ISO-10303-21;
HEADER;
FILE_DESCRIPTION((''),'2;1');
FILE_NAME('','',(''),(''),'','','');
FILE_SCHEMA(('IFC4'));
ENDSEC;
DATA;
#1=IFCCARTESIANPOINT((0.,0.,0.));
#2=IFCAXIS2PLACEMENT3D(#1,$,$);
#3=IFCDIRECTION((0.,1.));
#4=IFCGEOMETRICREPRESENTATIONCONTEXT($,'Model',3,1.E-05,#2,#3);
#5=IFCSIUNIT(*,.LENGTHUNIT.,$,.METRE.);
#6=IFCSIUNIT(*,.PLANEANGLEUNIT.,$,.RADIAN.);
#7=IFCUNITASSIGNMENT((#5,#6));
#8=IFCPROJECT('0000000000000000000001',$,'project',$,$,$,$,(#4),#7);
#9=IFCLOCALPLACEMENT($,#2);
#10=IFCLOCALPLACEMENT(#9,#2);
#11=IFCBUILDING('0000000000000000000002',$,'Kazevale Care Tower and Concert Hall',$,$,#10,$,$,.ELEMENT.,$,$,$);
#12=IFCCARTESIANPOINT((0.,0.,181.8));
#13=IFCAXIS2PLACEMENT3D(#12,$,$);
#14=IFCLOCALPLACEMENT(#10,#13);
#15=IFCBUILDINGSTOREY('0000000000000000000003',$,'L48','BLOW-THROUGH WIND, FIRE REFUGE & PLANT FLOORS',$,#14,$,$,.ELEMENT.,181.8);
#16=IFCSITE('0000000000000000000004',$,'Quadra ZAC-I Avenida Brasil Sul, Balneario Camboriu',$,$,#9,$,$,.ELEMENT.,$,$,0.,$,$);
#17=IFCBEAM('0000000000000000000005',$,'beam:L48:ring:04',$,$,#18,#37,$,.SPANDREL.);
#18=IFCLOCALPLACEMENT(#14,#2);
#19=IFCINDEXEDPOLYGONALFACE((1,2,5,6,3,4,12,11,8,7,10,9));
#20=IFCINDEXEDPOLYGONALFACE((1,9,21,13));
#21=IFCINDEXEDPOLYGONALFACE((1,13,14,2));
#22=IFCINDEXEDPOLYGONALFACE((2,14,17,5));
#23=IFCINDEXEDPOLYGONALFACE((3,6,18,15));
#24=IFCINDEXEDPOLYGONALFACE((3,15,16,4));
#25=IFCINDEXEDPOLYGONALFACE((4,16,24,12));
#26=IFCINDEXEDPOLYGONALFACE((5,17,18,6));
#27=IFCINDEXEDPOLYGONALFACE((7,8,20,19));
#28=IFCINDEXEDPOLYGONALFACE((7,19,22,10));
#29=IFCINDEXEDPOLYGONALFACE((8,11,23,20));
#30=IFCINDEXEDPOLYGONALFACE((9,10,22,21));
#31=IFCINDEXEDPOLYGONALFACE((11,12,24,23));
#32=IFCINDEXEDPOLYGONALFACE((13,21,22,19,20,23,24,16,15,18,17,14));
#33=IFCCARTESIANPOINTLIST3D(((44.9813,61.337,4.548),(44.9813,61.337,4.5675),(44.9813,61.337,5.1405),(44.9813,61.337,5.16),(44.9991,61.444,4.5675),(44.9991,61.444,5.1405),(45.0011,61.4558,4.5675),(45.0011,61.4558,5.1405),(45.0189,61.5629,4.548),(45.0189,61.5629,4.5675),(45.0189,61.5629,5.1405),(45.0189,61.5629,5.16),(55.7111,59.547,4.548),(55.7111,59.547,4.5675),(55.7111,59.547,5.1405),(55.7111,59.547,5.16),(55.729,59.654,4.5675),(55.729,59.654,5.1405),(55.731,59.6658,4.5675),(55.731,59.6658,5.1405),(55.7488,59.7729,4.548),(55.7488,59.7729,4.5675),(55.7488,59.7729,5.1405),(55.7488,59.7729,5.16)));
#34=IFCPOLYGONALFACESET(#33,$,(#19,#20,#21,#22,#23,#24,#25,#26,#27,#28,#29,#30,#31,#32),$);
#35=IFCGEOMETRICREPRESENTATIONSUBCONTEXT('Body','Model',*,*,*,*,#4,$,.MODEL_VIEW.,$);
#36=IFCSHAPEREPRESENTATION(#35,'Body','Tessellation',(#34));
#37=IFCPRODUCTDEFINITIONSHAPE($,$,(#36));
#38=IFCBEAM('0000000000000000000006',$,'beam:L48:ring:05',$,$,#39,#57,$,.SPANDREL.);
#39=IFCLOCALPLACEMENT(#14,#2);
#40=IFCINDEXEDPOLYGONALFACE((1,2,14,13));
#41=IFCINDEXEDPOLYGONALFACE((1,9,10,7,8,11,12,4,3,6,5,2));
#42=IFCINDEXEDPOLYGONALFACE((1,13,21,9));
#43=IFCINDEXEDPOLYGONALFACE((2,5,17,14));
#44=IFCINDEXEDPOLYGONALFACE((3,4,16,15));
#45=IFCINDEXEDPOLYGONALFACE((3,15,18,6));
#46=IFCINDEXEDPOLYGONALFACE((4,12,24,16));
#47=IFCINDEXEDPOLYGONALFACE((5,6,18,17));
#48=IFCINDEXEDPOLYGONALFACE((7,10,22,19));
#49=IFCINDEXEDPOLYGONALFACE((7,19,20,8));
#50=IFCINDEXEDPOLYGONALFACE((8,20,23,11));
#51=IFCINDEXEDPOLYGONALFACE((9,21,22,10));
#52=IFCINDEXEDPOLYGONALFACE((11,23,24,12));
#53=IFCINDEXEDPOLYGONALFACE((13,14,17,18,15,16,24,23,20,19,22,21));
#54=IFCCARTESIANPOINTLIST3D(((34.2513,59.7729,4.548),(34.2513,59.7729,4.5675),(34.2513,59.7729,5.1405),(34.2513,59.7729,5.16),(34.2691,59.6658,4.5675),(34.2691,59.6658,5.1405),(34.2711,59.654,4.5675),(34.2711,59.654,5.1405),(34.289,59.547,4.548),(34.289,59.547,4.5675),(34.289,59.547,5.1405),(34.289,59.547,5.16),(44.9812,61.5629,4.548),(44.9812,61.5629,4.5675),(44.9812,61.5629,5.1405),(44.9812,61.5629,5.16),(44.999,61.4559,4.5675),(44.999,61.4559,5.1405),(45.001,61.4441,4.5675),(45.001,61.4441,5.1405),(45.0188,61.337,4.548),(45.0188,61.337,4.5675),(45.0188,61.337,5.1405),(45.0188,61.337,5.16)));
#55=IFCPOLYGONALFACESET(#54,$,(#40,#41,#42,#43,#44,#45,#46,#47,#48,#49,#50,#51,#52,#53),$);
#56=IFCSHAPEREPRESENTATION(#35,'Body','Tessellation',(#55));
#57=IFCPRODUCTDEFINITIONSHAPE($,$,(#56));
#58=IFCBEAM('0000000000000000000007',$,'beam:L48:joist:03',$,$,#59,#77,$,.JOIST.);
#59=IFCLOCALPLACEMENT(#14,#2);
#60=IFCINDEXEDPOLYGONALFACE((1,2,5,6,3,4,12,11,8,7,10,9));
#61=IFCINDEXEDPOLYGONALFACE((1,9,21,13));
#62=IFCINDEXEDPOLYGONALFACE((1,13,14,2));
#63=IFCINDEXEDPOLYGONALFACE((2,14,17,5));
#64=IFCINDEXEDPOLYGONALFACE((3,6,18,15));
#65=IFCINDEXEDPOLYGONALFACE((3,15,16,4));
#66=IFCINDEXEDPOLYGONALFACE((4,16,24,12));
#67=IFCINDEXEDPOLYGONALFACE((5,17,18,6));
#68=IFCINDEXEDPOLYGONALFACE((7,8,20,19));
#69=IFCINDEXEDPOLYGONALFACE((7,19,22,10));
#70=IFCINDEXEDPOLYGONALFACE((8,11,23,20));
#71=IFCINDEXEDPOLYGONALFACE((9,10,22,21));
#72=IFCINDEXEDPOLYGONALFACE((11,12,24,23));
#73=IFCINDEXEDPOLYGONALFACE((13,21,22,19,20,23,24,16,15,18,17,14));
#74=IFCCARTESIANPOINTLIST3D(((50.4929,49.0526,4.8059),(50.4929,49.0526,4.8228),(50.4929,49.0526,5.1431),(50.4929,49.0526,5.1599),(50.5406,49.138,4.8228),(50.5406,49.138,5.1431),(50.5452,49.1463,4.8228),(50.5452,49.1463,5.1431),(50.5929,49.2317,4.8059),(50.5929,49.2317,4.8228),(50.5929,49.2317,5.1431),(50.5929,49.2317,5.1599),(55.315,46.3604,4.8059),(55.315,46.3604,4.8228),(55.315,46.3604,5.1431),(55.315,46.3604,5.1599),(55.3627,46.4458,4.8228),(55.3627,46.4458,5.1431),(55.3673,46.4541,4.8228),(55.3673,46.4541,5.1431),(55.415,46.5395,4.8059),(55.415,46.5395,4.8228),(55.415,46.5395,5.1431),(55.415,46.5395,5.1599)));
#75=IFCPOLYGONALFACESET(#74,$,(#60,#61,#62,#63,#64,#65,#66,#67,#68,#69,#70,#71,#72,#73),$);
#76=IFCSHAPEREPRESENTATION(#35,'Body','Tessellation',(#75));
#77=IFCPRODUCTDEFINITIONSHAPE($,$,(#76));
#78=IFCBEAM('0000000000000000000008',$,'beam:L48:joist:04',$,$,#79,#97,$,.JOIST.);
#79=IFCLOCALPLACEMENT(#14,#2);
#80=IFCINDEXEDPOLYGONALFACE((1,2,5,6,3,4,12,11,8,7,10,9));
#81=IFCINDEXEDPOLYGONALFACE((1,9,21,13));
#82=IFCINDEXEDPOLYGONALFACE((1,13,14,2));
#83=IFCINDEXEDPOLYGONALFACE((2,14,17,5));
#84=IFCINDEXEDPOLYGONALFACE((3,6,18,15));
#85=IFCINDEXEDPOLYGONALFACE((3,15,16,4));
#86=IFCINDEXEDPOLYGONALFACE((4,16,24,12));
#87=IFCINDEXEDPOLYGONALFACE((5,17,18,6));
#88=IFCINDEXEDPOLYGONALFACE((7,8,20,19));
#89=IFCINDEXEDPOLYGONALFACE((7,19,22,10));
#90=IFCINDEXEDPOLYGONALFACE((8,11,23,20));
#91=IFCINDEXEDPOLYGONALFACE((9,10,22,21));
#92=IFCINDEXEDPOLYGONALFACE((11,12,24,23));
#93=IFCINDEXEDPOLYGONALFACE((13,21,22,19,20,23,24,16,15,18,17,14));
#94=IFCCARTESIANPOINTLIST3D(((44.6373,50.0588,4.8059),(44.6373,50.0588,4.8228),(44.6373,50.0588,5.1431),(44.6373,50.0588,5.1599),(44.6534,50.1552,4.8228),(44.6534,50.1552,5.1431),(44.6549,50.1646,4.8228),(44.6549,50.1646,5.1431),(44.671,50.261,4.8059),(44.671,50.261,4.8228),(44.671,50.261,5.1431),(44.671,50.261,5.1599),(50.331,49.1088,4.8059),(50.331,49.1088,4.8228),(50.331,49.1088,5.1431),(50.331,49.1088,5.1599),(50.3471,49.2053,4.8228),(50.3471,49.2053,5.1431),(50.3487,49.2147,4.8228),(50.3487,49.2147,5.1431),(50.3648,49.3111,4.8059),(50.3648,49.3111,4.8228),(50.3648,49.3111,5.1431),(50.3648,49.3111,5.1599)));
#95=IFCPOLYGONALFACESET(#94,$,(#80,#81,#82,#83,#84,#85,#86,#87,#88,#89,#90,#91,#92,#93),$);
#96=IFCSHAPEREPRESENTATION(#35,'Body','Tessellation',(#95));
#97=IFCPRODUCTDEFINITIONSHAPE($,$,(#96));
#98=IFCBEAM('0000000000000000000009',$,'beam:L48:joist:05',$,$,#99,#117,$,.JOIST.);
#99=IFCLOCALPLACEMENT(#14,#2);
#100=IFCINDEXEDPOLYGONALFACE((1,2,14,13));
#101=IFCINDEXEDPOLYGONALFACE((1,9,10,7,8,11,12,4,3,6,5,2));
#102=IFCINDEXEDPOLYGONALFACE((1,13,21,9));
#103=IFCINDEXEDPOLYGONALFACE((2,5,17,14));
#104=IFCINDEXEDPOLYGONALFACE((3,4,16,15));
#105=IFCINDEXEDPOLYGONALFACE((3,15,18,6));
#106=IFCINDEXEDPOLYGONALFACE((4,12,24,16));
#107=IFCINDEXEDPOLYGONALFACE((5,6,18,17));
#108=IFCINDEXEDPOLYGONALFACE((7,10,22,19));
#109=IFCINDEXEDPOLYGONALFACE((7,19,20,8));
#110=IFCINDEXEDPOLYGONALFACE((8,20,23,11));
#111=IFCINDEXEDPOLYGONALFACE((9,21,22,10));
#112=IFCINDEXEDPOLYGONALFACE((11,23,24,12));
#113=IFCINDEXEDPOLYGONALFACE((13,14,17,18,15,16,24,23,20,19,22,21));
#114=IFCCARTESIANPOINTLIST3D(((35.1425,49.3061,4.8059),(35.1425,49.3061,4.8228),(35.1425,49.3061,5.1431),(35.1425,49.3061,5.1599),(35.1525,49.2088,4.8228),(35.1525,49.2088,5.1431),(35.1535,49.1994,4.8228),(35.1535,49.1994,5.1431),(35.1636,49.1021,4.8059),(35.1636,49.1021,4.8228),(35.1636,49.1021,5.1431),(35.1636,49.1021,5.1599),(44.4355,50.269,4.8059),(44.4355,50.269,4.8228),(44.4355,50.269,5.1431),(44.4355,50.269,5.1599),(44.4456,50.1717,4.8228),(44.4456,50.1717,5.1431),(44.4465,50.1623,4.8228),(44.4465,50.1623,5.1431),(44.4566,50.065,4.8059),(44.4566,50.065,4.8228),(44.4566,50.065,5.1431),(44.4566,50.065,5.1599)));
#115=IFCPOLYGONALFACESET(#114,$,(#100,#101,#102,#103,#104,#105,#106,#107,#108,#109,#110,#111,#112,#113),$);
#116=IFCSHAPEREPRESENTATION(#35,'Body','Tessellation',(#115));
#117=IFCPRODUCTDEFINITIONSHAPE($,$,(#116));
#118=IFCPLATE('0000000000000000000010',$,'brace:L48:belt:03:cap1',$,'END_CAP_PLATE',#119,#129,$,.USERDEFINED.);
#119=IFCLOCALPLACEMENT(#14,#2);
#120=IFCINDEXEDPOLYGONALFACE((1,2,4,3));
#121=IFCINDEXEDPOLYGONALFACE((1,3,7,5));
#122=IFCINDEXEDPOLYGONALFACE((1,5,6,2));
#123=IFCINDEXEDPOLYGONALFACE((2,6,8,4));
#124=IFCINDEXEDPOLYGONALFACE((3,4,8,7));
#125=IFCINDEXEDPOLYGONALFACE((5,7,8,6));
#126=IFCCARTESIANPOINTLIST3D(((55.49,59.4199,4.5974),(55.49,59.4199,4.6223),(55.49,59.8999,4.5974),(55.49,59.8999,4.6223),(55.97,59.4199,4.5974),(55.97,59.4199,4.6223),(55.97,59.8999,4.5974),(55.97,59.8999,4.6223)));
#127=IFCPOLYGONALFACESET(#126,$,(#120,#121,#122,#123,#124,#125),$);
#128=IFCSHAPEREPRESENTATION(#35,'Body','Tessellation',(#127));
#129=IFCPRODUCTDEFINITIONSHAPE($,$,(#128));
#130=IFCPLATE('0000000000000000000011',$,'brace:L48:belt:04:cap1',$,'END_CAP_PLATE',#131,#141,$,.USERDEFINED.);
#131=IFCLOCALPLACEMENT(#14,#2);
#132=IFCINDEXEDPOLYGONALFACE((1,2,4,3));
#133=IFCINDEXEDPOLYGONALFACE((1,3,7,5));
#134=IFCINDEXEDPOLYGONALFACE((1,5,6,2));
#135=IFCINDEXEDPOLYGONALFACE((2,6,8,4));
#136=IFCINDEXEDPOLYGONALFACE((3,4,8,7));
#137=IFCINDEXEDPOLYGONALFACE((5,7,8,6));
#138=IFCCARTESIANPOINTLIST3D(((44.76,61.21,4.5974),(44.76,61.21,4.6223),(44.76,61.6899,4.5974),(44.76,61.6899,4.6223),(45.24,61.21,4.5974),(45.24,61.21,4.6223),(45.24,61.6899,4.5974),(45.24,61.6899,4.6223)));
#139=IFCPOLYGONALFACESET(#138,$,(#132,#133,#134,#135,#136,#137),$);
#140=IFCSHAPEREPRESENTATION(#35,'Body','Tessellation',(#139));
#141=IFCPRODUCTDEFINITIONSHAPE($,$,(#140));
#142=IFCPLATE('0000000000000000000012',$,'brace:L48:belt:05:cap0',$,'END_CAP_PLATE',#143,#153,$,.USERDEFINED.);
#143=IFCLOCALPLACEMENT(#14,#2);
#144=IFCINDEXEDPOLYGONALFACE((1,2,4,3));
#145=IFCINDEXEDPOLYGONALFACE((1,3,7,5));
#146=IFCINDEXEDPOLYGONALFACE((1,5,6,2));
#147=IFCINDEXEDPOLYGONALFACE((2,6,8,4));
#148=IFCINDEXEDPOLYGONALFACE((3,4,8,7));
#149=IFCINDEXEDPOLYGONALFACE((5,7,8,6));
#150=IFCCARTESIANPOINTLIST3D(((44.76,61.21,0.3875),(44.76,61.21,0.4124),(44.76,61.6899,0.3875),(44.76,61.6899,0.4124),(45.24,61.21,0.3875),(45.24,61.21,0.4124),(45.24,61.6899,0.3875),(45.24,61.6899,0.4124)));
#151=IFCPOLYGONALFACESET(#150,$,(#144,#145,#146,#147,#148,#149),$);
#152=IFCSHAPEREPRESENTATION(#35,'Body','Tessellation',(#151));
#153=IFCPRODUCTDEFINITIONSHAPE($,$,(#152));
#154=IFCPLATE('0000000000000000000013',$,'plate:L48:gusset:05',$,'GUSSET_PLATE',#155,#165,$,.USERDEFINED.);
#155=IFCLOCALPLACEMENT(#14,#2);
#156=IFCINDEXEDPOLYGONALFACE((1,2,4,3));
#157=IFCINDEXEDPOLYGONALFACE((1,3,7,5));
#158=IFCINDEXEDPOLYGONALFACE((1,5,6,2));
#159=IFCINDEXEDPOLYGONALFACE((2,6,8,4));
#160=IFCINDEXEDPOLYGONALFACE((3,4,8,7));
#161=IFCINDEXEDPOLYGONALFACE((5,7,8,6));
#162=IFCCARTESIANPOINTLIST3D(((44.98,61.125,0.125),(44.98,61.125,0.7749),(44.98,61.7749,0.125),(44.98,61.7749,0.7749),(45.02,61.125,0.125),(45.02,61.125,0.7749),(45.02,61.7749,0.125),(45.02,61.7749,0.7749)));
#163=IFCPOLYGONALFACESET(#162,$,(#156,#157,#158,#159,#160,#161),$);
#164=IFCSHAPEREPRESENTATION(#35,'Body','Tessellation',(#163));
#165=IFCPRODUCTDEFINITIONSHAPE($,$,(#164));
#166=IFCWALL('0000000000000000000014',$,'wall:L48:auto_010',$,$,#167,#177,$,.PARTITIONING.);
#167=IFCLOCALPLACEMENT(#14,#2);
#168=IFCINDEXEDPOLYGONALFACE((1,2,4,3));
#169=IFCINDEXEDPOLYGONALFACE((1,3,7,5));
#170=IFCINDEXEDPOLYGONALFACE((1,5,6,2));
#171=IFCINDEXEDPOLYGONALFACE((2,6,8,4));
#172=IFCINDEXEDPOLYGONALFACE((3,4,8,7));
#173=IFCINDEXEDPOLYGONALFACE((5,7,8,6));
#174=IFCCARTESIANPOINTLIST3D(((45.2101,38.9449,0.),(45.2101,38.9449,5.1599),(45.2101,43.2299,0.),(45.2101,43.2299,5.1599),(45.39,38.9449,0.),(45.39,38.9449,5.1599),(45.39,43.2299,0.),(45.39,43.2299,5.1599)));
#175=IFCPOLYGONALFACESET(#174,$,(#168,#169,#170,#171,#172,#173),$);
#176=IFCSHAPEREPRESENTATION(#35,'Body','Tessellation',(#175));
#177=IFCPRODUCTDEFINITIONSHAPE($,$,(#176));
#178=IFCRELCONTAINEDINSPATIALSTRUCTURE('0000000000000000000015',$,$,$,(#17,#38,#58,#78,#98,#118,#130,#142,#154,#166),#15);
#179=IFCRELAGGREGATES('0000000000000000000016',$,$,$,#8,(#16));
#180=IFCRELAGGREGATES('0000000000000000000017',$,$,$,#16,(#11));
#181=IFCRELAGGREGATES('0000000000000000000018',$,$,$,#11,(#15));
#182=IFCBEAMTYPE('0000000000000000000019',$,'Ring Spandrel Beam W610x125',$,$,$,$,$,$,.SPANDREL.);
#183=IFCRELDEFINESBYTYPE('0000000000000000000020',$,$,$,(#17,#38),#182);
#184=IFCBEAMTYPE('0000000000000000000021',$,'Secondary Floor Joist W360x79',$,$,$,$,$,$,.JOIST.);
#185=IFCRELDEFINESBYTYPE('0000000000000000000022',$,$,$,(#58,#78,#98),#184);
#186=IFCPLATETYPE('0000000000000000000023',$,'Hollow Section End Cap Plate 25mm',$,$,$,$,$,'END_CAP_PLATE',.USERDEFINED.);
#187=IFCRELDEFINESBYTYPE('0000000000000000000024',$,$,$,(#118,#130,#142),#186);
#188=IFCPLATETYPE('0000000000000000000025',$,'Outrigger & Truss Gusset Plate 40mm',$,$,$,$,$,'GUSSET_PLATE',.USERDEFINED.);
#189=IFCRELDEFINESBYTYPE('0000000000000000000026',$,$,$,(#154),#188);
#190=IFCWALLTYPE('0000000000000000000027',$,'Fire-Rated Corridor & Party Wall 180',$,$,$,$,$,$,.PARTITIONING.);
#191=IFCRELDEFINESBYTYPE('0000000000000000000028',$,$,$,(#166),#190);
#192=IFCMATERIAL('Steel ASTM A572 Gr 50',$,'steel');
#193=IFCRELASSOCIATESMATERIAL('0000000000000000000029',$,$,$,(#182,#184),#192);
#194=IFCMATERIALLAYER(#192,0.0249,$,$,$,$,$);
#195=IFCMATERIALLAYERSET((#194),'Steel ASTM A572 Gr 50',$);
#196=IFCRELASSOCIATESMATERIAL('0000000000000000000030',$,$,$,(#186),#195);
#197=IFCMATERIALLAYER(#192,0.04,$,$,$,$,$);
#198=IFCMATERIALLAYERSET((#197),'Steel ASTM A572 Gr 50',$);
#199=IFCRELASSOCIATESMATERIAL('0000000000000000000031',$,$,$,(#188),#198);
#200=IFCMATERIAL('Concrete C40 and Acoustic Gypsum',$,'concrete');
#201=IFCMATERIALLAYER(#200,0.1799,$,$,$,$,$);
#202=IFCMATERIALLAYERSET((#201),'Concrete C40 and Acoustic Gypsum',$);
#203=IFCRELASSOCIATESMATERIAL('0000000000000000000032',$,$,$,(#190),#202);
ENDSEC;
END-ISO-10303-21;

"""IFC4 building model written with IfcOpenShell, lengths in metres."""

from ifc_helpers import new_model, si_unit, direction, frame, frame_2d, origin, origin_2d, place, context, subcontext, project, spatial, rectangle, i_section, extrude, material, layer, layer_set, material_profile, profile_set, type_object, element, save


model = new_model("IFC4")

# Units and contexts
model_context = context("Model", 3, precision=1e-05, world=origin(), true_north=direction((0.0, 1.0)))
body_context = subcontext(model_context, "Body", "Model", "MODEL_VIEW")
ifc_project = project(units=[si_unit("LENGTHUNIT", "METRE"), si_unit("PLANEANGLEUNIT", "RADIAN")], contexts=[model_context])

# Site, building, storey
site_placement = place(None, origin())
site = spatial("IfcSite", under=ifc_project, at=site_placement, Name="Quadra ZAC-I Avenida Brasil Sul, Balneario Camboriu", CompositionType="ELEMENT", RefElevation=0.0)
building_placement = place(site_placement, origin())
building = spatial("IfcBuilding", under=site, at=building_placement, Name="Kazevale Care Tower and Concert Hall", CompositionType="ELEMENT")
storey_placement = place(building_placement, frame((0.0, 0.0, 181.8)))
storey = spatial("IfcBuildingStorey", under=building, at=storey_placement, Name="L48", Description="BLOW-THROUGH WIND, FIRE REFUGE & PLANT FLOORS", CompositionType="ELEMENT", Elevation=181.8)

# Shared definitions
ifc_material_1 = material(Name="Steel ASTM A572 Gr 50", Category="steel")

# Beams
ifc_material_profile_1 = material_profile(ifc_material_1, i_section(OverallWidth=0.229, OverallDepth=0.6121, WebThickness=0.012, FlangeThickness=0.0195, at=origin_2d()), Name="W610x125")
ifc_profile_set_1 = profile_set([ifc_material_profile_1], Name="Steel ASTM A572 Gr 50")
beam_type_1 = type_object("IfcBeamType", Name="Ring Spandrel Beam W610x125", PredefinedType="SPANDREL", material=ifc_profile_set_1)
for number, where, z_axis, x_axis, name in (
    (1, (55.73, 59.6599, 4.854), (-0.986368, 0.164552, 0.0), (-0.164552, -0.986368, 0.0), "beam:L48:ring:04"),
    (2, (45.0, 61.45, 4.854), (-0.986368, -0.164552, 0.0), (0.164552, -0.986368, 0.0), "beam:L48:ring:05"),
):
    element("IfcBeam", number, at=place(storey_placement, frame(where, z_axis=z_axis, x_axis=x_axis)), inside=storey, type_object=beam_type_1, Name=name, PredefinedType="SPANDREL", context=body_context, shape_type="SweptSolid", body=[
        extrude(i_section(OverallWidth=0.229, OverallDepth=0.6121, WebThickness=0.012, FlangeThickness=0.0195, at=origin_2d()), origin(), (0.0, 0.0, 1.0), 10.8782),
    ])
ifc_material_profile_2 = material_profile(ifc_material_1, i_section(OverallWidth=0.2051, OverallDepth=0.354, WebThickness=0.0095, FlangeThickness=0.0168, at=origin_2d()), Name="W360x79")
ifc_profile_set_2 = profile_set([ifc_material_profile_2], Name="Steel ASTM A572 Gr 50")
beam_type_2 = type_object("IfcBeamType", Name="Secondary Floor Joist W360x79", PredefinedType="JOIST", material=ifc_profile_set_2)
beam_1_placement = place(storey_placement, frame((55.365, 46.45, 4.9829), z_axis=(-0.873138, 0.487474, 0.0), x_axis=(-0.487474, -0.873138, 0.0)))
element("IfcBeam", 3, at=beam_1_placement, inside=storey, type_object=beam_type_2, Name="beam:L48:joist:03", PredefinedType="JOIST", context=body_context, shape_type="SweptSolid", body=[
    extrude(i_section(OverallWidth=0.2051, OverallDepth=0.354, WebThickness=0.0095, FlangeThickness=0.0168, at=origin_2d()), origin(), (0.0, 0.0, 1.0), 5.5227),
])
beam_2_placement = place(storey_placement, frame((50.3479, 49.21, 4.9829), z_axis=(-0.986366, 0.164564, 0.0), x_axis=(-0.164564, -0.986366, 0.0)))
element("IfcBeam", 4, at=beam_2_placement, inside=storey, type_object=beam_type_2, Name="beam:L48:joist:04", PredefinedType="JOIST", context=body_context, shape_type="SweptSolid", body=[
    extrude(i_section(OverallWidth=0.2051, OverallDepth=0.354, WebThickness=0.0095, FlangeThickness=0.0168, at=origin_2d()), origin(), (0.0, 0.0, 1.0), 5.7725),
])
beam_3_placement = place(storey_placement, frame((44.446, 50.167, 4.9829), z_axis=(-0.994675, -0.103063, 0.0), x_axis=(0.103063, -0.994675, 0.0)))
element("IfcBeam", 5, at=beam_3_placement, inside=storey, type_object=beam_type_2, Name="beam:L48:joist:05", PredefinedType="JOIST", context=body_context, shape_type="SweptSolid", body=[
    extrude(i_section(OverallWidth=0.2051, OverallDepth=0.354, WebThickness=0.0095, FlangeThickness=0.0168, at=origin_2d()), origin(), (0.0, 0.0, 1.0), 9.3428),
])

# Plates
ifc_layer_1 = layer(ifc_material_1, 0.0249)
ifc_layer_set_1 = layer_set([ifc_layer_1], Name="Steel ASTM A572 Gr 50")
plate_type_1 = type_object("IfcPlateType", Name="Hollow Section End Cap Plate 25mm", ElementType="END_CAP_PLATE", PredefinedType="USERDEFINED", material=ifc_layer_set_1)
for number, where, z_axis, x_axis, name in (
    (6, (55.73, 59.6599, 4.5974), (0.0, 0.0, 1.0), (1.0, 0.0, 0.0), "brace:L48:belt:03:cap1"),
    (7, (45.0, 61.45, 4.5974), (0.0, 0.0, 1.0), (1.0, 0.0, 0.0), "brace:L48:belt:04:cap1"),
    (8, (45.0, 61.45, 0.3875), (0.0, 0.0, 1.0), (1.0, 0.0, 0.0), "brace:L48:belt:05:cap0"),
):
    element("IfcPlate", number, at=place(storey_placement, frame(where, z_axis=z_axis, x_axis=x_axis)), inside=storey, type_object=plate_type_1, Name=name, ObjectType="END_CAP_PLATE", PredefinedType="USERDEFINED", context=body_context, shape_type="SweptSolid", body=[
        extrude(rectangle(XDim=0.48, YDim=0.48, at=origin_2d()), origin(), (0.0, 0.0, 1.0), 0.0249),
    ])
ifc_layer_2 = layer(ifc_material_1, 0.04)
ifc_layer_set_2 = layer_set([ifc_layer_2], Name="Steel ASTM A572 Gr 50")
plate_type_2 = type_object("IfcPlateType", Name="Outrigger & Truss Gusset Plate 40mm", ElementType="GUSSET_PLATE", PredefinedType="USERDEFINED", material=ifc_layer_set_2)
plate_placement = place(storey_placement, frame((45.0, 61.45, 0.125), z_axis=(0.0, 0.0, 1.0), x_axis=(0.0, 1.0, 0.0)))
element("IfcPlate", 9, at=plate_placement, inside=storey, type_object=plate_type_2, Name="plate:L48:gusset:05", ObjectType="GUSSET_PLATE", PredefinedType="USERDEFINED", context=body_context, shape_type="SweptSolid", body=[
    extrude(rectangle(XDim=0.6499, YDim=0.04, at=origin_2d()), origin(), (0.0, 0.0, 1.0), 0.6499),
])

# Wall
ifc_material_2 = material(Name="Concrete C40 and Acoustic Gypsum", Category="concrete")
ifc_layer_3 = layer(ifc_material_2, 0.1799)
ifc_layer_set_3 = layer_set([ifc_layer_3], Name="Concrete C40 and Acoustic Gypsum")
wall_type = type_object("IfcWallType", Name="Fire-Rated Corridor & Party Wall 180", PredefinedType="PARTITIONING", material=ifc_layer_set_3)
wall_placement = place(storey_placement, frame((45.3, 43.23, 0.0), z_axis=(0.0, 0.0, 1.0), x_axis=(0.0, -1.0, 0.0)))
element("IfcWall", 10, at=wall_placement, inside=storey, type_object=wall_type, Name="wall:L48:auto_010", PredefinedType="PARTITIONING", context=body_context, shape_type="SweptSolid", body=[
    extrude(rectangle(XDim=4.2849, YDim=0.1799, at=frame_2d((2.1426, 0.0))), origin(), (0.0, 0.0, 1.0), 5.1599),
])

save(model, "model.ifc")
